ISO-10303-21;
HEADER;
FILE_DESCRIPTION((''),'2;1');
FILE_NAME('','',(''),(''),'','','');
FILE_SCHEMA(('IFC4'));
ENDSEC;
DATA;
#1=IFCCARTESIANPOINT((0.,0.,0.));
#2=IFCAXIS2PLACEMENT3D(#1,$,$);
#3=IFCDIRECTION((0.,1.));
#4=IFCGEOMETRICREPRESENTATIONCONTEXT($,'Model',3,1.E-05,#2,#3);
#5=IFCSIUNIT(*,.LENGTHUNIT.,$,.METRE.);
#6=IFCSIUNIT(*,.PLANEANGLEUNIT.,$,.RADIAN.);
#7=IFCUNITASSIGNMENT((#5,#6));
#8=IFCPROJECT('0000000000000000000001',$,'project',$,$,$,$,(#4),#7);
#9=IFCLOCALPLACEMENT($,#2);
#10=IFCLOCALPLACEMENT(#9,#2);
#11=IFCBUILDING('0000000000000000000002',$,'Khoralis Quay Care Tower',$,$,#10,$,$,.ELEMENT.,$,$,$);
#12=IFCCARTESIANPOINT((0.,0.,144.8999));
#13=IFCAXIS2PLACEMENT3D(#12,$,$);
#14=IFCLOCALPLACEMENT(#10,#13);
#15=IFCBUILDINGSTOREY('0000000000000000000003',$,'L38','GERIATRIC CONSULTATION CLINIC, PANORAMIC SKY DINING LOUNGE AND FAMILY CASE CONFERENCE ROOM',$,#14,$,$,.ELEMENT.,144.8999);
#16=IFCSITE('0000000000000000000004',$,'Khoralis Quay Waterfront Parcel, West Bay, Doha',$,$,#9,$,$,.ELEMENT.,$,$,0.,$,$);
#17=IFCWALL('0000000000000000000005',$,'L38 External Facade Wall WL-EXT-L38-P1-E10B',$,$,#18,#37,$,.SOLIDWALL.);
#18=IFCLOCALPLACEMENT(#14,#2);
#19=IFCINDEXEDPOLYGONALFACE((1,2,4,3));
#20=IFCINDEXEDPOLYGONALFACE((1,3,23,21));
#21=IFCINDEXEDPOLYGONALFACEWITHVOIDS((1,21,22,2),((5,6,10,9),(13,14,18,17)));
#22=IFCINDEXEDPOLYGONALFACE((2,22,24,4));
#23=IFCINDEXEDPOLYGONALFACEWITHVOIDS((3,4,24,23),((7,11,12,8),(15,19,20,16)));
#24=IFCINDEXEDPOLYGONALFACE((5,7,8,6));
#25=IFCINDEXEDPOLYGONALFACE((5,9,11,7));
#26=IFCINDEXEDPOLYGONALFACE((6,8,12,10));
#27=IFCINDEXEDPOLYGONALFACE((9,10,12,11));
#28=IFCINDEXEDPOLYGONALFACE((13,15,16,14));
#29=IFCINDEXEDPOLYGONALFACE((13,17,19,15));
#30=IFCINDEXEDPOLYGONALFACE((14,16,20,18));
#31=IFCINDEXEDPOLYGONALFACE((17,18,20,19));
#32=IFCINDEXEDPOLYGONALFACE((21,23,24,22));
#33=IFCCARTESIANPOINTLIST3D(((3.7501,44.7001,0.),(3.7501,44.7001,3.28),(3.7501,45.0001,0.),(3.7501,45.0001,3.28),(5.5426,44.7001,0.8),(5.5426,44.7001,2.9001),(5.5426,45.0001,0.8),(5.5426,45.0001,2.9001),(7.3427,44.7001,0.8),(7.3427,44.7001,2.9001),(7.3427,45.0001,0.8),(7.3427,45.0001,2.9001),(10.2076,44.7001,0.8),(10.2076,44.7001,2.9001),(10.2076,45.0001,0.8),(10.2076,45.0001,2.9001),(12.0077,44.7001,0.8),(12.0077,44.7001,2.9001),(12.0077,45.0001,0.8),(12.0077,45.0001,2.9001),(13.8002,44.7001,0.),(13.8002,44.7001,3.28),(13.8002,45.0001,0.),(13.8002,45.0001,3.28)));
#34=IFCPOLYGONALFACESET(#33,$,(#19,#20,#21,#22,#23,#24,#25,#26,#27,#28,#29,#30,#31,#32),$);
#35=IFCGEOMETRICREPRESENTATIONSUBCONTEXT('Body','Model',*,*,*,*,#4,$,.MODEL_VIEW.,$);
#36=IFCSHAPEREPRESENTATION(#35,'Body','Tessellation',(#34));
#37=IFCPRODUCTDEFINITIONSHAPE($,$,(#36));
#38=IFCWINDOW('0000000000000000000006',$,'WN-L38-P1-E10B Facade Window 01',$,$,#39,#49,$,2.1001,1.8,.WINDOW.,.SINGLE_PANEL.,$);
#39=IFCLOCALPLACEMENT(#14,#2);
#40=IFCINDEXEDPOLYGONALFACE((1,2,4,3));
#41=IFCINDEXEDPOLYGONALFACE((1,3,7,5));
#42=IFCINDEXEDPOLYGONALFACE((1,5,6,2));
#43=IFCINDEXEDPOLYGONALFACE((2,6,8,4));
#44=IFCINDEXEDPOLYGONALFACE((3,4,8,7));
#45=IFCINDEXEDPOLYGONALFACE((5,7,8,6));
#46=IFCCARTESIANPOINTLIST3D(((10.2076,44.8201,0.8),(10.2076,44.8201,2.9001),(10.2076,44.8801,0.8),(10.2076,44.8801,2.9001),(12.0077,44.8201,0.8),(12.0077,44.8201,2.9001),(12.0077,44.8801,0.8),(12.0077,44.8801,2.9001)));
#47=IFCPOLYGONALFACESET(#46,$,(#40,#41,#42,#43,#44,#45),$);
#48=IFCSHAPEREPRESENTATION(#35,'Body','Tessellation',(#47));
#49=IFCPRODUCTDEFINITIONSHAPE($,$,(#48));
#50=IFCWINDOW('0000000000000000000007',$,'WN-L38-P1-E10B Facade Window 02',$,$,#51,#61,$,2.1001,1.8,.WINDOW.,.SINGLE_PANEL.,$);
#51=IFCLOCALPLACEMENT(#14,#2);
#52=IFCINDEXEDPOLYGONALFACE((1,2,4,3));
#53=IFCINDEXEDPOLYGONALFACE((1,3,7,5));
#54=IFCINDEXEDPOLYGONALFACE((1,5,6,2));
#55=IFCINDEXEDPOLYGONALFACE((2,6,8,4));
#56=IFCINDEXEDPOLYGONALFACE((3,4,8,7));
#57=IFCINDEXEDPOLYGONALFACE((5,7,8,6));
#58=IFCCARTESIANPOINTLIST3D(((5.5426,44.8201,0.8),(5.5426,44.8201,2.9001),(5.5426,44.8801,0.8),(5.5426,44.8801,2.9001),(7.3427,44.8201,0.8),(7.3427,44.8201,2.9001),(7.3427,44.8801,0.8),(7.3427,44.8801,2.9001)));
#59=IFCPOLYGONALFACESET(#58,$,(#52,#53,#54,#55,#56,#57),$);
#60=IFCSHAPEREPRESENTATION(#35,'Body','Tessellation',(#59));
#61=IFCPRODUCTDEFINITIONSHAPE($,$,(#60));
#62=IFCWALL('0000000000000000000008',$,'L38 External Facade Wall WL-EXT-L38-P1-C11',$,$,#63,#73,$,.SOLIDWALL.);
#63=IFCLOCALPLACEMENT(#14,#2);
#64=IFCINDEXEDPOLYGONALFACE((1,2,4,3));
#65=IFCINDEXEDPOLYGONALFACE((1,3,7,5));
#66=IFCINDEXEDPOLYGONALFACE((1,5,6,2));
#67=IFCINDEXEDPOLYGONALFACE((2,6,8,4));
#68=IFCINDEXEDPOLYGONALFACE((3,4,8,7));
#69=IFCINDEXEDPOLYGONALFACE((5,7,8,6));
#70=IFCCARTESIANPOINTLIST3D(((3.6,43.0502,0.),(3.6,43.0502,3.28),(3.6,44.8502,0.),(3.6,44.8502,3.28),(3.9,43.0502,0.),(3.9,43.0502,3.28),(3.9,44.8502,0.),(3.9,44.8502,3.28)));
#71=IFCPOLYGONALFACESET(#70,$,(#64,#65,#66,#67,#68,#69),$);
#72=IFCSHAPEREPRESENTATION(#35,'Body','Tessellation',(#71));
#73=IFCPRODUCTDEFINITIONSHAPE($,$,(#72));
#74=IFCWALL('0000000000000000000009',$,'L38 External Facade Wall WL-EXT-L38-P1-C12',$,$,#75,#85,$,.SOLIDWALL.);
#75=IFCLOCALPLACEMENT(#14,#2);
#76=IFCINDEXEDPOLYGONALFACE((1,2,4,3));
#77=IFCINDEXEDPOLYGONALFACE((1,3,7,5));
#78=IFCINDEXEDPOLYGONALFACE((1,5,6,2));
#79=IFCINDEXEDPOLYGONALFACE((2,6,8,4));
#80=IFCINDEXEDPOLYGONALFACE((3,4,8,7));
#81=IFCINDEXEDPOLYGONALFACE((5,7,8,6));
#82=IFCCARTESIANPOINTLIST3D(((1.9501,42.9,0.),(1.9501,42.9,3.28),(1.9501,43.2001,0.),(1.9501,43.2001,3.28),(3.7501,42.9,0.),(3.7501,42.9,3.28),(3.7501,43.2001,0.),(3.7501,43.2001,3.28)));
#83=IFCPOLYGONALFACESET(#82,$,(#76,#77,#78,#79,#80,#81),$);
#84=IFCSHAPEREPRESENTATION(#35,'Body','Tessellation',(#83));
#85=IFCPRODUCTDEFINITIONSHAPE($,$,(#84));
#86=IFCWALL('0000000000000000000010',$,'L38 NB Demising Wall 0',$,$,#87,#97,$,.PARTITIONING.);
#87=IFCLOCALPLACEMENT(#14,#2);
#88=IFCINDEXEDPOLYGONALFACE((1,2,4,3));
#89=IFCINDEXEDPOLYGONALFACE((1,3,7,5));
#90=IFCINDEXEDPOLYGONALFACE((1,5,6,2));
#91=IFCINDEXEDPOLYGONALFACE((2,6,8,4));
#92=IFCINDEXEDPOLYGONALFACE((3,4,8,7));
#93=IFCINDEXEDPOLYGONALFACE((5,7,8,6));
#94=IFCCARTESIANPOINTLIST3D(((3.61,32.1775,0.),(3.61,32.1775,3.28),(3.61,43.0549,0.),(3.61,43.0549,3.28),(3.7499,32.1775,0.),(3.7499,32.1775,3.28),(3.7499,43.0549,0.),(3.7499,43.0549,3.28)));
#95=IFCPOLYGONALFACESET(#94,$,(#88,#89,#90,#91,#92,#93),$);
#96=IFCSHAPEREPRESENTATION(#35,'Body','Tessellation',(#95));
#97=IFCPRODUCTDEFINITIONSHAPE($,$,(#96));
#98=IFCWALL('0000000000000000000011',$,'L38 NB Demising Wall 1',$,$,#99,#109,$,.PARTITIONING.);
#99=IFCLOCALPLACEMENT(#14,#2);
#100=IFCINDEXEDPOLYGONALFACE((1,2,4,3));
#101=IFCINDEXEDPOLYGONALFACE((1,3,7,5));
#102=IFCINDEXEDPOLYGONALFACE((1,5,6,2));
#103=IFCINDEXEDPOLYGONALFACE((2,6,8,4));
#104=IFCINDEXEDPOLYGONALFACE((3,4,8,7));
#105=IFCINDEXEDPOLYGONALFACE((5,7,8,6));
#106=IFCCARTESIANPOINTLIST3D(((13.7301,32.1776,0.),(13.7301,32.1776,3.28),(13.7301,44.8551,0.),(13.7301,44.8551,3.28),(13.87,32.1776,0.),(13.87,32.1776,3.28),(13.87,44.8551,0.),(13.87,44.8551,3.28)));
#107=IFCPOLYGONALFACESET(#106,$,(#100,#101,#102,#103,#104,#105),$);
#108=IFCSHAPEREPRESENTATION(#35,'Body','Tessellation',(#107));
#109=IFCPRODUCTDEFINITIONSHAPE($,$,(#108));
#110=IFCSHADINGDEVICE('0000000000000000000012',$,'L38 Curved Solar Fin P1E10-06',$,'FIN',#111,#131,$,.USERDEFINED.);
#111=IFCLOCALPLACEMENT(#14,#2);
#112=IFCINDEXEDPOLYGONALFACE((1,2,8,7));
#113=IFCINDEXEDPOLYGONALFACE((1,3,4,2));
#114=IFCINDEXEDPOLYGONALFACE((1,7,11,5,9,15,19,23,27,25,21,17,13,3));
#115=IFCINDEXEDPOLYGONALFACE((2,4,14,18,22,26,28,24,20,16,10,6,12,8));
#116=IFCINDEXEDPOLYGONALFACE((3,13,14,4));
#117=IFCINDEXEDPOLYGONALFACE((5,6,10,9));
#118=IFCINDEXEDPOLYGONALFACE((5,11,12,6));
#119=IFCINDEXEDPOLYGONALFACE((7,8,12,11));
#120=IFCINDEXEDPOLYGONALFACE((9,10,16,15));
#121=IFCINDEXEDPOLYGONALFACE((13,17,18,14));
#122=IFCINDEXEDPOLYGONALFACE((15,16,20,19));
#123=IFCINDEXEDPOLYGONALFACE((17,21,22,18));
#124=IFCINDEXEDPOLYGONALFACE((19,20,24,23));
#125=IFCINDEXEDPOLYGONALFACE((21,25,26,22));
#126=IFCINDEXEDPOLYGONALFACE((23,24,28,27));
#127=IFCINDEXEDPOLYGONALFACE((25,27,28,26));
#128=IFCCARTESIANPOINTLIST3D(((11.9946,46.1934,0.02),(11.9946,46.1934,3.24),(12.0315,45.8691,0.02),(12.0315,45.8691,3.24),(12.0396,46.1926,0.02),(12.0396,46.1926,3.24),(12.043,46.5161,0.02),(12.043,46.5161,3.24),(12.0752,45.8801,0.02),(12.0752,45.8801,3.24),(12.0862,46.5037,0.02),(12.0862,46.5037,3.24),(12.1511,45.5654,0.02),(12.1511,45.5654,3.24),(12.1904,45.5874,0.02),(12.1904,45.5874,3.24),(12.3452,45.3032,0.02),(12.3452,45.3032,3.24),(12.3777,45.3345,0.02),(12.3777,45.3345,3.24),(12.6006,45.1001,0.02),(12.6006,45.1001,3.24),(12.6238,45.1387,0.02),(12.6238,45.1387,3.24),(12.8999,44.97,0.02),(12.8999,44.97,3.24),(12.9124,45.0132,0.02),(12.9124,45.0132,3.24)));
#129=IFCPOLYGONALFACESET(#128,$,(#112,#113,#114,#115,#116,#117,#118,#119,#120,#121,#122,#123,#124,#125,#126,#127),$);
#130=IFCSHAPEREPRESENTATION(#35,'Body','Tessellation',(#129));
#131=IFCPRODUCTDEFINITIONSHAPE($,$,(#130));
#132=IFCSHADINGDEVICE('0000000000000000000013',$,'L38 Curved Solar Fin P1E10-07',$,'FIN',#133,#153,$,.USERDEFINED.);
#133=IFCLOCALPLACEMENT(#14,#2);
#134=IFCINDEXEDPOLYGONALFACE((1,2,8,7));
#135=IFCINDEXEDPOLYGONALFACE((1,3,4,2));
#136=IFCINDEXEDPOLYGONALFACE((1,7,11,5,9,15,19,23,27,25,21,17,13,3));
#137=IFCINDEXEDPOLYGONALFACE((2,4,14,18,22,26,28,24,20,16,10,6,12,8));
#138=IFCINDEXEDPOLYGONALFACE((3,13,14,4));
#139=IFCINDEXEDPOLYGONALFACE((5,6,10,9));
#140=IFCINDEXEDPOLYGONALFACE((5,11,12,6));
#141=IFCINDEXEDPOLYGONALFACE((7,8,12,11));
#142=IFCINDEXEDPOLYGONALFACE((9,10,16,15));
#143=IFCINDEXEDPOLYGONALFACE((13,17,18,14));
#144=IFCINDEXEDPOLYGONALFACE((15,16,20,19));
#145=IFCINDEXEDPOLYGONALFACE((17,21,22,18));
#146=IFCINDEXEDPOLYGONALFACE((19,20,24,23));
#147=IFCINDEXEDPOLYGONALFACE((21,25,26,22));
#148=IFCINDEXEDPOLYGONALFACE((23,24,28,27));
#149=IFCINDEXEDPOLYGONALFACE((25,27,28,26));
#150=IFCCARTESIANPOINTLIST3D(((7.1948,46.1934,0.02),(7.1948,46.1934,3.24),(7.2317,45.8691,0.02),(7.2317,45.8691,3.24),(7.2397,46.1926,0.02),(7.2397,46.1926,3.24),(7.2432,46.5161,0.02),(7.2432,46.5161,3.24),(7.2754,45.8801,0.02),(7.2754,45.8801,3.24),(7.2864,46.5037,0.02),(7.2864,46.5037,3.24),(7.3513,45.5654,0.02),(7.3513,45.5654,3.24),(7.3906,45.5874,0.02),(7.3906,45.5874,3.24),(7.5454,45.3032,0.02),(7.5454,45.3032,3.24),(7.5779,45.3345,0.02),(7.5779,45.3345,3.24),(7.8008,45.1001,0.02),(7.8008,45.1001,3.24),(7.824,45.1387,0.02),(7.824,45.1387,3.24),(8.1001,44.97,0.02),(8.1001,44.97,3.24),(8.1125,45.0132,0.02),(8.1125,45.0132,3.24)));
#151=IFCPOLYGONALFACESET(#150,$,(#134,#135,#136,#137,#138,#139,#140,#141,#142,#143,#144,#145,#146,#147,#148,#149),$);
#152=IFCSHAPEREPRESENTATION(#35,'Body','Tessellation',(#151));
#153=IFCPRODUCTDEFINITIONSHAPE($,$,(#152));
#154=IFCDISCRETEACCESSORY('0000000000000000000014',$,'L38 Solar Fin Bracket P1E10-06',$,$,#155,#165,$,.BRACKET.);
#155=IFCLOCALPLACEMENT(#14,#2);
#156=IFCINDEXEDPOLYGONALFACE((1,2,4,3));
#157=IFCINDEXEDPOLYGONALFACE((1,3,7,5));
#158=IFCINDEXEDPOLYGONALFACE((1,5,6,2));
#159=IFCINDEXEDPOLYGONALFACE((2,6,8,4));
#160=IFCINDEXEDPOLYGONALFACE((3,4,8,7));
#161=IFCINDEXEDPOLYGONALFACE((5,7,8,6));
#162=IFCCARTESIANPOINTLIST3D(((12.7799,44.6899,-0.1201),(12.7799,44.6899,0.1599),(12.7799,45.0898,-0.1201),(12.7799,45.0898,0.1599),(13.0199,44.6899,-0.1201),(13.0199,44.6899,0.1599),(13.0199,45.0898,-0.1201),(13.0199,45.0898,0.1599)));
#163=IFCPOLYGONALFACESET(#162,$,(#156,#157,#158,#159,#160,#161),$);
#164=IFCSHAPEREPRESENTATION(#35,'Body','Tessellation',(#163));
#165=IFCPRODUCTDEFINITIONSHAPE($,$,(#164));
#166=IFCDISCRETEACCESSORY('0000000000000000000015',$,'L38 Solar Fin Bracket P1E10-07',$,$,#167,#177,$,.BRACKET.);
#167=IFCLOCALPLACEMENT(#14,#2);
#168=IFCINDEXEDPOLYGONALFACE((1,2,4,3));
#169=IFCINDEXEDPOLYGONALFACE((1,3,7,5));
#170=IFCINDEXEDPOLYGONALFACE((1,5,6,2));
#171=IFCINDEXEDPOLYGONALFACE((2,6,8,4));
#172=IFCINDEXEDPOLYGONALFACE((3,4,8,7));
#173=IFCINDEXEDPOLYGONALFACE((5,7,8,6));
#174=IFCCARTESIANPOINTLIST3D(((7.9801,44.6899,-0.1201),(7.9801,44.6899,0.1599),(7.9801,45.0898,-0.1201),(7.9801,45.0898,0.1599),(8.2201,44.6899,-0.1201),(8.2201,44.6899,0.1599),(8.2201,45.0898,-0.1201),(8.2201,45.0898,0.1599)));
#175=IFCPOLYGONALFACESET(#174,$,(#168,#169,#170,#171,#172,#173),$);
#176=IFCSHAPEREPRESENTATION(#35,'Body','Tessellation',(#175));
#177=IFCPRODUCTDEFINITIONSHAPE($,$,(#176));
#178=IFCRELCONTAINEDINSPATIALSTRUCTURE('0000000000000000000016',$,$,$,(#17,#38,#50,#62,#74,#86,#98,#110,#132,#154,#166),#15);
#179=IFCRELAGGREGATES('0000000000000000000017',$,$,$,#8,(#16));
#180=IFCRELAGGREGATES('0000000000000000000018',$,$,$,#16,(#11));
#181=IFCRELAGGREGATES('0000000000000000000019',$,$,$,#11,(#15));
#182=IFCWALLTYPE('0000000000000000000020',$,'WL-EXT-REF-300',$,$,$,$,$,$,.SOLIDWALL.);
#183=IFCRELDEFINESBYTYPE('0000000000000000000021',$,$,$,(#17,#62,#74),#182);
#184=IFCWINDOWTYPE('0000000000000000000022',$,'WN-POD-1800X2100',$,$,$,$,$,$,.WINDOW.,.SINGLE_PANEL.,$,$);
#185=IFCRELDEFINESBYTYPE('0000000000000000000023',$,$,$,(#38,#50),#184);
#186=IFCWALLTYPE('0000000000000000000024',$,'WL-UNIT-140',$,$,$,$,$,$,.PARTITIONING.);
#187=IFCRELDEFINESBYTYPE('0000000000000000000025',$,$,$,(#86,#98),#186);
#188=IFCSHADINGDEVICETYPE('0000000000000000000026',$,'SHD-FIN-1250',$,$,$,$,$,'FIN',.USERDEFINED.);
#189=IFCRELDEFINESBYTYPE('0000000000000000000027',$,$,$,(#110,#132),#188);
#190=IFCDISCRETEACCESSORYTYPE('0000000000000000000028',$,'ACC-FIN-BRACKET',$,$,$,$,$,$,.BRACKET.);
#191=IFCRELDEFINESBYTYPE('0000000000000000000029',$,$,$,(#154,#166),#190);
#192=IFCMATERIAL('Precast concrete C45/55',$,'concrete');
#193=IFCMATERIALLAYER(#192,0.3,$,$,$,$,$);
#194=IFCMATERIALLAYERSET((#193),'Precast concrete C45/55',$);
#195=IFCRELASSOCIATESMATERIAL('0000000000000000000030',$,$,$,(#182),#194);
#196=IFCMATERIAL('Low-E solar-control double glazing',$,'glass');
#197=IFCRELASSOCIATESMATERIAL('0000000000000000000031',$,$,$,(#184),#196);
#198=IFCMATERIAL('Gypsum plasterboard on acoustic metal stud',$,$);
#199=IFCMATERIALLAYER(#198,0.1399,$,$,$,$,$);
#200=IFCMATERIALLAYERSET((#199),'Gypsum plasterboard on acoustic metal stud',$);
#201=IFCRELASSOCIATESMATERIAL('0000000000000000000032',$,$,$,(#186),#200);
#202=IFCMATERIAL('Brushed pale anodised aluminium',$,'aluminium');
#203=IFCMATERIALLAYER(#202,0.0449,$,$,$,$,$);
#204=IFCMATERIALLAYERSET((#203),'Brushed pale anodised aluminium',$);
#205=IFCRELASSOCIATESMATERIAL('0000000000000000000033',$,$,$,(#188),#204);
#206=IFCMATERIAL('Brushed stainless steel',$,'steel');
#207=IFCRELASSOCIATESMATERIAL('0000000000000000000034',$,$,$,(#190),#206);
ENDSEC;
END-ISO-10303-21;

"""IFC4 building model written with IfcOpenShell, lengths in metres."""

from ifc_helpers import new_model, si_unit, direction, frame, frame_2d, origin, origin_2d, place, context, subcontext, project, spatial, polyline, rectangle, outline, extrude, source, transform, mapped, material, layer, layer_set, type_object, element, fill, save


model = new_model("IFC4")

# Units and contexts
model_context = context("Model", 3, precision=1e-05, world=origin(), true_north=direction((0.0, 1.0)))
body_context = subcontext(model_context, "Body", "Model", "MODEL_VIEW")
ifc_project = project(units=[si_unit("LENGTHUNIT", "METRE"), si_unit("PLANEANGLEUNIT", "RADIAN")], contexts=[model_context])

# Site, building, storey
site_placement = place(None, origin())
site = spatial("IfcSite", under=ifc_project, at=site_placement, Name="Khoralis Quay Waterfront Parcel, West Bay, Doha", CompositionType="ELEMENT", RefElevation=0.0)
building_placement = place(site_placement, origin())
building = spatial("IfcBuilding", under=site, at=building_placement, Name="Khoralis Quay Care Tower", CompositionType="ELEMENT")
storey_placement = place(building_placement, frame((0.0, 0.0, 144.8999)))
storey = spatial("IfcBuildingStorey", under=building, at=storey_placement, Name="L38", Description="GERIATRIC CONSULTATION CLINIC, PANORAMIC SKY DINING LOUNGE AND FAMILY CASE CONFERENCE ROOM", CompositionType="ELEMENT", Elevation=144.8999)

# Shared definitions
ifc_material_1 = material(Name="Low-E solar-control double glazing", Category="glass")

# Shared definitions
ifc_material_2 = material(Name="Gypsum plasterboard on acoustic metal stud")

# Wall, openings, windows
ifc_material_3 = material(Name="Precast concrete C45/55", Category="concrete")
ifc_layer_1 = layer(ifc_material_3, 0.3)
ifc_layer_set_1 = layer_set([ifc_layer_1], Name="Precast concrete C45/55")
wall_type_1 = type_object("IfcWallType", Name="WL-EXT-REF-300", PredefinedType="SOLIDWALL", material=ifc_layer_set_1)
wall_1_placement = place(storey_placement, frame((13.8, 44.8501, 0.0), z_axis=(0.0, 0.0, 1.0), x_axis=(-1.0, 0.0, 0.0)))
wall_1 = element("IfcWall", 1, at=wall_1_placement, inside=storey, type_object=wall_type_1, Name="L38 External Facade Wall WL-EXT-L38-P1-E10B", PredefinedType="SOLIDWALL", context=body_context, shape_type="SweptSolid", body=[
    extrude(rectangle(XDim=10.05, YDim=0.3, at=frame_2d((5.0249, 0.0))), origin(), (0.0, 0.0, 1.0), 3.28),
])
opening_1_placement = place(wall_1_placement, frame((1.7925, 0.0, 0.8)))
opening_1 = element("IfcOpeningElement", 2, at=opening_1_placement, cuts=wall_1, PredefinedType="OPENING", context=body_context, shape_type="SweptSolid", body=[
    extrude(rectangle(XDim=1.8, YDim=2.1001, at=frame_2d((0.8999, 1.05))), frame((0.0, 0.1602, 0.0), z_axis=(0.0, -1.0, 0.0), x_axis=(1.0, 0.0, 0.0)), (0.0, 0.0, 1.0), 0.3201),
])
opening_2_placement = place(wall_1_placement, frame((6.4575, 0.0, 0.8)))
opening_2 = element("IfcOpeningElement", 3, at=opening_2_placement, cuts=wall_1, PredefinedType="OPENING", context=body_context, shape_type="SweptSolid", body=[
    extrude(rectangle(XDim=1.8, YDim=2.1001, at=frame_2d((0.8999, 1.05))), frame((0.0, 0.1602, 0.0), z_axis=(0.0, -1.0, 0.0), x_axis=(1.0, 0.0, 0.0)), (0.0, 0.0, 1.0), 0.3201),
])
window_type = type_object("IfcWindowType", Name="WN-POD-1800X2100", PartitioningType="SINGLE_PANEL", PredefinedType="WINDOW", material=ifc_material_1)
shared_shape_1 = source(origin(), body_context, "Body", "SweptSolid", [
    extrude(rectangle(XDim=1.8, YDim=2.1001, at=frame_2d((0.8999, 1.05))), frame((0.0, 0.03, 0.0), z_axis=(0.0, -1.0, 0.0), x_axis=(1.0, 0.0, 0.0)), (0.0, 0.0, 1.0), 0.0601),
])
window_1_placement = place(opening_1_placement, origin())
window_1 = element("IfcWindow", 4, at=window_1_placement, inside=storey, type_object=window_type, Name="WN-L38-P1-E10B Facade Window 01", OverallHeight=2.1001, OverallWidth=1.8, PartitioningType="SINGLE_PANEL", PredefinedType="WINDOW", context=body_context, shape_type="MappedRepresentation", body=[
    mapped(shared_shape_1, transform((0.0, 0.0, 0.0), scale=1.0)),
])
fill(opening_1, window_1)
window_2_placement = place(opening_2_placement, origin())
window_2 = element("IfcWindow", 5, at=window_2_placement, inside=storey, type_object=window_type, Name="WN-L38-P1-E10B Facade Window 02", OverallHeight=2.1001, OverallWidth=1.8, PartitioningType="SINGLE_PANEL", PredefinedType="WINDOW", context=body_context, shape_type="MappedRepresentation", body=[
    mapped(shared_shape_1, transform((0.0, 0.0, 0.0), scale=1.0)),
])
fill(opening_2, window_2)

# Walls
for number, where, z_axis, x_axis, name in (
    (6, (3.75, 44.8501, 0.0), (0.0, 0.0, 1.0), (0.0, -1.0, 0.0), "L38 External Facade Wall WL-EXT-L38-P1-C11"),
    (7, (3.75, 43.05, 0.0), (0.0, 0.0, 1.0), (-1.0, 0.0, 0.0), "L38 External Facade Wall WL-EXT-L38-P1-C12"),
):
    element("IfcWall", number, at=place(storey_placement, frame(where, z_axis=z_axis, x_axis=x_axis)), inside=storey, type_object=wall_type_1, Name=name, PredefinedType="SOLIDWALL", context=body_context, shape_type="SweptSolid", body=[
        extrude(rectangle(XDim=1.8, YDim=0.3, at=frame_2d((0.8999, 0.0))), origin(), (0.0, 0.0, 1.0), 3.28),
    ])
ifc_layer_2 = layer(ifc_material_2, 0.1399)
ifc_layer_set_2 = layer_set([ifc_layer_2], Name="Gypsum plasterboard on acoustic metal stud")
wall_type_2 = type_object("IfcWallType", Name="WL-UNIT-140", PredefinedType="PARTITIONING", material=ifc_layer_set_2)
wall_2_placement = place(storey_placement, frame((3.6799, 32.1775, 0.0), z_axis=(0.0, 0.0, 1.0), x_axis=(0.0, 1.0, 0.0)))
element("IfcWall", 8, at=wall_2_placement, inside=storey, type_object=wall_type_2, Name="L38 NB Demising Wall 0", PredefinedType="PARTITIONING", context=body_context, shape_type="SweptSolid", body=[
    extrude(rectangle(XDim=10.8774, YDim=0.1399, at=frame_2d((5.4387, 0.0))), origin(), (0.0, 0.0, 1.0), 3.28),
])
wall_3_placement = place(storey_placement, frame((13.8, 32.1775, 0.0), z_axis=(0.0, 0.0, 1.0), x_axis=(0.0, 1.0, 0.0)))
element("IfcWall", 9, at=wall_3_placement, inside=storey, type_object=wall_type_2, Name="L38 NB Demising Wall 1", PredefinedType="PARTITIONING", context=body_context, shape_type="SweptSolid", body=[
    extrude(rectangle(XDim=12.6775, YDim=0.1399, at=frame_2d((6.3389, 0.0))), origin(), (0.0, 0.0, 1.0), 3.28),
])

# Shading devices
ifc_material_4 = material(Name="Brushed pale anodised aluminium", Category="aluminium")
ifc_layer_3 = layer(ifc_material_4, 0.0449)
ifc_layer_set_3 = layer_set([ifc_layer_3], Name="Brushed pale anodised aluminium")
shading_device_type = type_object("IfcShadingDeviceType", Name="SHD-FIN-1250", ElementType="FIN", PredefinedType="USERDEFINED", material=ifc_layer_set_3)
shared_shape_2 = source(origin(), body_context, "Body", "SweptSolid", [
    extrude(outline(polyline([(0.0, 0.0), (0.1301, 0.2993), (0.3333, 0.5547), (0.5955, 0.7488), (0.8992, 0.8684), (1.2234, 0.9053), (1.5461, 0.8569), (1.5337, 0.8137), (1.2227, 0.8604), (0.9102, 0.8247), (0.6174, 0.7095), (0.3645, 0.5222), (0.1687, 0.2761), (0.0432, -0.0125), (0.0, 0.0)])), origin(), (0.0, 0.0, 1.0), 3.22),
])
for number, where, z_axis, x_axis, name in (
    (10, (12.8999, 44.97, 0.02), (0.0, 0.0, 1.0), (0.0, 1.0, 0.0), "L38 Curved Solar Fin P1E10-06"),
    (11, (8.1001, 44.97, 0.02), (0.0, 0.0, 1.0), (0.0, 1.0, 0.0), "L38 Curved Solar Fin P1E10-07"),
):
    element("IfcShadingDevice", number, at=place(storey_placement, frame(where, z_axis=z_axis, x_axis=x_axis)), inside=storey, type_object=shading_device_type, Name=name, ObjectType="FIN", PredefinedType="USERDEFINED", context=body_context, shape_type="MappedRepresentation", body=[
        mapped(shared_shape_2, transform((0.0, 0.0, 0.0), scale=1.0)),
    ])

# Discrete accessories
ifc_material_5 = material(Name="Brushed stainless steel", Category="steel")
discrete_accessory_type = type_object("IfcDiscreteAccessoryType", Name="ACC-FIN-BRACKET", PredefinedType="BRACKET", material=ifc_material_5)
shared_shape_3 = source(origin(), body_context, "Body", "SweptSolid", [
    extrude(rectangle(XDim=0.3999, YDim=0.24, at=origin_2d()), origin(), (0.0, 0.0, 1.0), 0.28),
])
for number, where, z_axis, x_axis, name in (
    (12, (12.8999, 44.8899, -0.1201), (0.0, 0.0, 1.0), (0.0, 1.0, 0.0), "L38 Solar Fin Bracket P1E10-06"),
    (13, (8.1001, 44.8899, -0.1201), (0.0, 0.0, 1.0), (0.0, 1.0, 0.0), "L38 Solar Fin Bracket P1E10-07"),
):
    element("IfcDiscreteAccessory", number, at=place(storey_placement, frame(where, z_axis=z_axis, x_axis=x_axis)), inside=storey, type_object=discrete_accessory_type, Name=name, PredefinedType="BRACKET", context=body_context, shape_type="MappedRepresentation", body=[
        mapped(shared_shape_3, transform((0.0, 0.0, 0.0), scale=1.0)),
    ])

save(model, "model.ifc")
